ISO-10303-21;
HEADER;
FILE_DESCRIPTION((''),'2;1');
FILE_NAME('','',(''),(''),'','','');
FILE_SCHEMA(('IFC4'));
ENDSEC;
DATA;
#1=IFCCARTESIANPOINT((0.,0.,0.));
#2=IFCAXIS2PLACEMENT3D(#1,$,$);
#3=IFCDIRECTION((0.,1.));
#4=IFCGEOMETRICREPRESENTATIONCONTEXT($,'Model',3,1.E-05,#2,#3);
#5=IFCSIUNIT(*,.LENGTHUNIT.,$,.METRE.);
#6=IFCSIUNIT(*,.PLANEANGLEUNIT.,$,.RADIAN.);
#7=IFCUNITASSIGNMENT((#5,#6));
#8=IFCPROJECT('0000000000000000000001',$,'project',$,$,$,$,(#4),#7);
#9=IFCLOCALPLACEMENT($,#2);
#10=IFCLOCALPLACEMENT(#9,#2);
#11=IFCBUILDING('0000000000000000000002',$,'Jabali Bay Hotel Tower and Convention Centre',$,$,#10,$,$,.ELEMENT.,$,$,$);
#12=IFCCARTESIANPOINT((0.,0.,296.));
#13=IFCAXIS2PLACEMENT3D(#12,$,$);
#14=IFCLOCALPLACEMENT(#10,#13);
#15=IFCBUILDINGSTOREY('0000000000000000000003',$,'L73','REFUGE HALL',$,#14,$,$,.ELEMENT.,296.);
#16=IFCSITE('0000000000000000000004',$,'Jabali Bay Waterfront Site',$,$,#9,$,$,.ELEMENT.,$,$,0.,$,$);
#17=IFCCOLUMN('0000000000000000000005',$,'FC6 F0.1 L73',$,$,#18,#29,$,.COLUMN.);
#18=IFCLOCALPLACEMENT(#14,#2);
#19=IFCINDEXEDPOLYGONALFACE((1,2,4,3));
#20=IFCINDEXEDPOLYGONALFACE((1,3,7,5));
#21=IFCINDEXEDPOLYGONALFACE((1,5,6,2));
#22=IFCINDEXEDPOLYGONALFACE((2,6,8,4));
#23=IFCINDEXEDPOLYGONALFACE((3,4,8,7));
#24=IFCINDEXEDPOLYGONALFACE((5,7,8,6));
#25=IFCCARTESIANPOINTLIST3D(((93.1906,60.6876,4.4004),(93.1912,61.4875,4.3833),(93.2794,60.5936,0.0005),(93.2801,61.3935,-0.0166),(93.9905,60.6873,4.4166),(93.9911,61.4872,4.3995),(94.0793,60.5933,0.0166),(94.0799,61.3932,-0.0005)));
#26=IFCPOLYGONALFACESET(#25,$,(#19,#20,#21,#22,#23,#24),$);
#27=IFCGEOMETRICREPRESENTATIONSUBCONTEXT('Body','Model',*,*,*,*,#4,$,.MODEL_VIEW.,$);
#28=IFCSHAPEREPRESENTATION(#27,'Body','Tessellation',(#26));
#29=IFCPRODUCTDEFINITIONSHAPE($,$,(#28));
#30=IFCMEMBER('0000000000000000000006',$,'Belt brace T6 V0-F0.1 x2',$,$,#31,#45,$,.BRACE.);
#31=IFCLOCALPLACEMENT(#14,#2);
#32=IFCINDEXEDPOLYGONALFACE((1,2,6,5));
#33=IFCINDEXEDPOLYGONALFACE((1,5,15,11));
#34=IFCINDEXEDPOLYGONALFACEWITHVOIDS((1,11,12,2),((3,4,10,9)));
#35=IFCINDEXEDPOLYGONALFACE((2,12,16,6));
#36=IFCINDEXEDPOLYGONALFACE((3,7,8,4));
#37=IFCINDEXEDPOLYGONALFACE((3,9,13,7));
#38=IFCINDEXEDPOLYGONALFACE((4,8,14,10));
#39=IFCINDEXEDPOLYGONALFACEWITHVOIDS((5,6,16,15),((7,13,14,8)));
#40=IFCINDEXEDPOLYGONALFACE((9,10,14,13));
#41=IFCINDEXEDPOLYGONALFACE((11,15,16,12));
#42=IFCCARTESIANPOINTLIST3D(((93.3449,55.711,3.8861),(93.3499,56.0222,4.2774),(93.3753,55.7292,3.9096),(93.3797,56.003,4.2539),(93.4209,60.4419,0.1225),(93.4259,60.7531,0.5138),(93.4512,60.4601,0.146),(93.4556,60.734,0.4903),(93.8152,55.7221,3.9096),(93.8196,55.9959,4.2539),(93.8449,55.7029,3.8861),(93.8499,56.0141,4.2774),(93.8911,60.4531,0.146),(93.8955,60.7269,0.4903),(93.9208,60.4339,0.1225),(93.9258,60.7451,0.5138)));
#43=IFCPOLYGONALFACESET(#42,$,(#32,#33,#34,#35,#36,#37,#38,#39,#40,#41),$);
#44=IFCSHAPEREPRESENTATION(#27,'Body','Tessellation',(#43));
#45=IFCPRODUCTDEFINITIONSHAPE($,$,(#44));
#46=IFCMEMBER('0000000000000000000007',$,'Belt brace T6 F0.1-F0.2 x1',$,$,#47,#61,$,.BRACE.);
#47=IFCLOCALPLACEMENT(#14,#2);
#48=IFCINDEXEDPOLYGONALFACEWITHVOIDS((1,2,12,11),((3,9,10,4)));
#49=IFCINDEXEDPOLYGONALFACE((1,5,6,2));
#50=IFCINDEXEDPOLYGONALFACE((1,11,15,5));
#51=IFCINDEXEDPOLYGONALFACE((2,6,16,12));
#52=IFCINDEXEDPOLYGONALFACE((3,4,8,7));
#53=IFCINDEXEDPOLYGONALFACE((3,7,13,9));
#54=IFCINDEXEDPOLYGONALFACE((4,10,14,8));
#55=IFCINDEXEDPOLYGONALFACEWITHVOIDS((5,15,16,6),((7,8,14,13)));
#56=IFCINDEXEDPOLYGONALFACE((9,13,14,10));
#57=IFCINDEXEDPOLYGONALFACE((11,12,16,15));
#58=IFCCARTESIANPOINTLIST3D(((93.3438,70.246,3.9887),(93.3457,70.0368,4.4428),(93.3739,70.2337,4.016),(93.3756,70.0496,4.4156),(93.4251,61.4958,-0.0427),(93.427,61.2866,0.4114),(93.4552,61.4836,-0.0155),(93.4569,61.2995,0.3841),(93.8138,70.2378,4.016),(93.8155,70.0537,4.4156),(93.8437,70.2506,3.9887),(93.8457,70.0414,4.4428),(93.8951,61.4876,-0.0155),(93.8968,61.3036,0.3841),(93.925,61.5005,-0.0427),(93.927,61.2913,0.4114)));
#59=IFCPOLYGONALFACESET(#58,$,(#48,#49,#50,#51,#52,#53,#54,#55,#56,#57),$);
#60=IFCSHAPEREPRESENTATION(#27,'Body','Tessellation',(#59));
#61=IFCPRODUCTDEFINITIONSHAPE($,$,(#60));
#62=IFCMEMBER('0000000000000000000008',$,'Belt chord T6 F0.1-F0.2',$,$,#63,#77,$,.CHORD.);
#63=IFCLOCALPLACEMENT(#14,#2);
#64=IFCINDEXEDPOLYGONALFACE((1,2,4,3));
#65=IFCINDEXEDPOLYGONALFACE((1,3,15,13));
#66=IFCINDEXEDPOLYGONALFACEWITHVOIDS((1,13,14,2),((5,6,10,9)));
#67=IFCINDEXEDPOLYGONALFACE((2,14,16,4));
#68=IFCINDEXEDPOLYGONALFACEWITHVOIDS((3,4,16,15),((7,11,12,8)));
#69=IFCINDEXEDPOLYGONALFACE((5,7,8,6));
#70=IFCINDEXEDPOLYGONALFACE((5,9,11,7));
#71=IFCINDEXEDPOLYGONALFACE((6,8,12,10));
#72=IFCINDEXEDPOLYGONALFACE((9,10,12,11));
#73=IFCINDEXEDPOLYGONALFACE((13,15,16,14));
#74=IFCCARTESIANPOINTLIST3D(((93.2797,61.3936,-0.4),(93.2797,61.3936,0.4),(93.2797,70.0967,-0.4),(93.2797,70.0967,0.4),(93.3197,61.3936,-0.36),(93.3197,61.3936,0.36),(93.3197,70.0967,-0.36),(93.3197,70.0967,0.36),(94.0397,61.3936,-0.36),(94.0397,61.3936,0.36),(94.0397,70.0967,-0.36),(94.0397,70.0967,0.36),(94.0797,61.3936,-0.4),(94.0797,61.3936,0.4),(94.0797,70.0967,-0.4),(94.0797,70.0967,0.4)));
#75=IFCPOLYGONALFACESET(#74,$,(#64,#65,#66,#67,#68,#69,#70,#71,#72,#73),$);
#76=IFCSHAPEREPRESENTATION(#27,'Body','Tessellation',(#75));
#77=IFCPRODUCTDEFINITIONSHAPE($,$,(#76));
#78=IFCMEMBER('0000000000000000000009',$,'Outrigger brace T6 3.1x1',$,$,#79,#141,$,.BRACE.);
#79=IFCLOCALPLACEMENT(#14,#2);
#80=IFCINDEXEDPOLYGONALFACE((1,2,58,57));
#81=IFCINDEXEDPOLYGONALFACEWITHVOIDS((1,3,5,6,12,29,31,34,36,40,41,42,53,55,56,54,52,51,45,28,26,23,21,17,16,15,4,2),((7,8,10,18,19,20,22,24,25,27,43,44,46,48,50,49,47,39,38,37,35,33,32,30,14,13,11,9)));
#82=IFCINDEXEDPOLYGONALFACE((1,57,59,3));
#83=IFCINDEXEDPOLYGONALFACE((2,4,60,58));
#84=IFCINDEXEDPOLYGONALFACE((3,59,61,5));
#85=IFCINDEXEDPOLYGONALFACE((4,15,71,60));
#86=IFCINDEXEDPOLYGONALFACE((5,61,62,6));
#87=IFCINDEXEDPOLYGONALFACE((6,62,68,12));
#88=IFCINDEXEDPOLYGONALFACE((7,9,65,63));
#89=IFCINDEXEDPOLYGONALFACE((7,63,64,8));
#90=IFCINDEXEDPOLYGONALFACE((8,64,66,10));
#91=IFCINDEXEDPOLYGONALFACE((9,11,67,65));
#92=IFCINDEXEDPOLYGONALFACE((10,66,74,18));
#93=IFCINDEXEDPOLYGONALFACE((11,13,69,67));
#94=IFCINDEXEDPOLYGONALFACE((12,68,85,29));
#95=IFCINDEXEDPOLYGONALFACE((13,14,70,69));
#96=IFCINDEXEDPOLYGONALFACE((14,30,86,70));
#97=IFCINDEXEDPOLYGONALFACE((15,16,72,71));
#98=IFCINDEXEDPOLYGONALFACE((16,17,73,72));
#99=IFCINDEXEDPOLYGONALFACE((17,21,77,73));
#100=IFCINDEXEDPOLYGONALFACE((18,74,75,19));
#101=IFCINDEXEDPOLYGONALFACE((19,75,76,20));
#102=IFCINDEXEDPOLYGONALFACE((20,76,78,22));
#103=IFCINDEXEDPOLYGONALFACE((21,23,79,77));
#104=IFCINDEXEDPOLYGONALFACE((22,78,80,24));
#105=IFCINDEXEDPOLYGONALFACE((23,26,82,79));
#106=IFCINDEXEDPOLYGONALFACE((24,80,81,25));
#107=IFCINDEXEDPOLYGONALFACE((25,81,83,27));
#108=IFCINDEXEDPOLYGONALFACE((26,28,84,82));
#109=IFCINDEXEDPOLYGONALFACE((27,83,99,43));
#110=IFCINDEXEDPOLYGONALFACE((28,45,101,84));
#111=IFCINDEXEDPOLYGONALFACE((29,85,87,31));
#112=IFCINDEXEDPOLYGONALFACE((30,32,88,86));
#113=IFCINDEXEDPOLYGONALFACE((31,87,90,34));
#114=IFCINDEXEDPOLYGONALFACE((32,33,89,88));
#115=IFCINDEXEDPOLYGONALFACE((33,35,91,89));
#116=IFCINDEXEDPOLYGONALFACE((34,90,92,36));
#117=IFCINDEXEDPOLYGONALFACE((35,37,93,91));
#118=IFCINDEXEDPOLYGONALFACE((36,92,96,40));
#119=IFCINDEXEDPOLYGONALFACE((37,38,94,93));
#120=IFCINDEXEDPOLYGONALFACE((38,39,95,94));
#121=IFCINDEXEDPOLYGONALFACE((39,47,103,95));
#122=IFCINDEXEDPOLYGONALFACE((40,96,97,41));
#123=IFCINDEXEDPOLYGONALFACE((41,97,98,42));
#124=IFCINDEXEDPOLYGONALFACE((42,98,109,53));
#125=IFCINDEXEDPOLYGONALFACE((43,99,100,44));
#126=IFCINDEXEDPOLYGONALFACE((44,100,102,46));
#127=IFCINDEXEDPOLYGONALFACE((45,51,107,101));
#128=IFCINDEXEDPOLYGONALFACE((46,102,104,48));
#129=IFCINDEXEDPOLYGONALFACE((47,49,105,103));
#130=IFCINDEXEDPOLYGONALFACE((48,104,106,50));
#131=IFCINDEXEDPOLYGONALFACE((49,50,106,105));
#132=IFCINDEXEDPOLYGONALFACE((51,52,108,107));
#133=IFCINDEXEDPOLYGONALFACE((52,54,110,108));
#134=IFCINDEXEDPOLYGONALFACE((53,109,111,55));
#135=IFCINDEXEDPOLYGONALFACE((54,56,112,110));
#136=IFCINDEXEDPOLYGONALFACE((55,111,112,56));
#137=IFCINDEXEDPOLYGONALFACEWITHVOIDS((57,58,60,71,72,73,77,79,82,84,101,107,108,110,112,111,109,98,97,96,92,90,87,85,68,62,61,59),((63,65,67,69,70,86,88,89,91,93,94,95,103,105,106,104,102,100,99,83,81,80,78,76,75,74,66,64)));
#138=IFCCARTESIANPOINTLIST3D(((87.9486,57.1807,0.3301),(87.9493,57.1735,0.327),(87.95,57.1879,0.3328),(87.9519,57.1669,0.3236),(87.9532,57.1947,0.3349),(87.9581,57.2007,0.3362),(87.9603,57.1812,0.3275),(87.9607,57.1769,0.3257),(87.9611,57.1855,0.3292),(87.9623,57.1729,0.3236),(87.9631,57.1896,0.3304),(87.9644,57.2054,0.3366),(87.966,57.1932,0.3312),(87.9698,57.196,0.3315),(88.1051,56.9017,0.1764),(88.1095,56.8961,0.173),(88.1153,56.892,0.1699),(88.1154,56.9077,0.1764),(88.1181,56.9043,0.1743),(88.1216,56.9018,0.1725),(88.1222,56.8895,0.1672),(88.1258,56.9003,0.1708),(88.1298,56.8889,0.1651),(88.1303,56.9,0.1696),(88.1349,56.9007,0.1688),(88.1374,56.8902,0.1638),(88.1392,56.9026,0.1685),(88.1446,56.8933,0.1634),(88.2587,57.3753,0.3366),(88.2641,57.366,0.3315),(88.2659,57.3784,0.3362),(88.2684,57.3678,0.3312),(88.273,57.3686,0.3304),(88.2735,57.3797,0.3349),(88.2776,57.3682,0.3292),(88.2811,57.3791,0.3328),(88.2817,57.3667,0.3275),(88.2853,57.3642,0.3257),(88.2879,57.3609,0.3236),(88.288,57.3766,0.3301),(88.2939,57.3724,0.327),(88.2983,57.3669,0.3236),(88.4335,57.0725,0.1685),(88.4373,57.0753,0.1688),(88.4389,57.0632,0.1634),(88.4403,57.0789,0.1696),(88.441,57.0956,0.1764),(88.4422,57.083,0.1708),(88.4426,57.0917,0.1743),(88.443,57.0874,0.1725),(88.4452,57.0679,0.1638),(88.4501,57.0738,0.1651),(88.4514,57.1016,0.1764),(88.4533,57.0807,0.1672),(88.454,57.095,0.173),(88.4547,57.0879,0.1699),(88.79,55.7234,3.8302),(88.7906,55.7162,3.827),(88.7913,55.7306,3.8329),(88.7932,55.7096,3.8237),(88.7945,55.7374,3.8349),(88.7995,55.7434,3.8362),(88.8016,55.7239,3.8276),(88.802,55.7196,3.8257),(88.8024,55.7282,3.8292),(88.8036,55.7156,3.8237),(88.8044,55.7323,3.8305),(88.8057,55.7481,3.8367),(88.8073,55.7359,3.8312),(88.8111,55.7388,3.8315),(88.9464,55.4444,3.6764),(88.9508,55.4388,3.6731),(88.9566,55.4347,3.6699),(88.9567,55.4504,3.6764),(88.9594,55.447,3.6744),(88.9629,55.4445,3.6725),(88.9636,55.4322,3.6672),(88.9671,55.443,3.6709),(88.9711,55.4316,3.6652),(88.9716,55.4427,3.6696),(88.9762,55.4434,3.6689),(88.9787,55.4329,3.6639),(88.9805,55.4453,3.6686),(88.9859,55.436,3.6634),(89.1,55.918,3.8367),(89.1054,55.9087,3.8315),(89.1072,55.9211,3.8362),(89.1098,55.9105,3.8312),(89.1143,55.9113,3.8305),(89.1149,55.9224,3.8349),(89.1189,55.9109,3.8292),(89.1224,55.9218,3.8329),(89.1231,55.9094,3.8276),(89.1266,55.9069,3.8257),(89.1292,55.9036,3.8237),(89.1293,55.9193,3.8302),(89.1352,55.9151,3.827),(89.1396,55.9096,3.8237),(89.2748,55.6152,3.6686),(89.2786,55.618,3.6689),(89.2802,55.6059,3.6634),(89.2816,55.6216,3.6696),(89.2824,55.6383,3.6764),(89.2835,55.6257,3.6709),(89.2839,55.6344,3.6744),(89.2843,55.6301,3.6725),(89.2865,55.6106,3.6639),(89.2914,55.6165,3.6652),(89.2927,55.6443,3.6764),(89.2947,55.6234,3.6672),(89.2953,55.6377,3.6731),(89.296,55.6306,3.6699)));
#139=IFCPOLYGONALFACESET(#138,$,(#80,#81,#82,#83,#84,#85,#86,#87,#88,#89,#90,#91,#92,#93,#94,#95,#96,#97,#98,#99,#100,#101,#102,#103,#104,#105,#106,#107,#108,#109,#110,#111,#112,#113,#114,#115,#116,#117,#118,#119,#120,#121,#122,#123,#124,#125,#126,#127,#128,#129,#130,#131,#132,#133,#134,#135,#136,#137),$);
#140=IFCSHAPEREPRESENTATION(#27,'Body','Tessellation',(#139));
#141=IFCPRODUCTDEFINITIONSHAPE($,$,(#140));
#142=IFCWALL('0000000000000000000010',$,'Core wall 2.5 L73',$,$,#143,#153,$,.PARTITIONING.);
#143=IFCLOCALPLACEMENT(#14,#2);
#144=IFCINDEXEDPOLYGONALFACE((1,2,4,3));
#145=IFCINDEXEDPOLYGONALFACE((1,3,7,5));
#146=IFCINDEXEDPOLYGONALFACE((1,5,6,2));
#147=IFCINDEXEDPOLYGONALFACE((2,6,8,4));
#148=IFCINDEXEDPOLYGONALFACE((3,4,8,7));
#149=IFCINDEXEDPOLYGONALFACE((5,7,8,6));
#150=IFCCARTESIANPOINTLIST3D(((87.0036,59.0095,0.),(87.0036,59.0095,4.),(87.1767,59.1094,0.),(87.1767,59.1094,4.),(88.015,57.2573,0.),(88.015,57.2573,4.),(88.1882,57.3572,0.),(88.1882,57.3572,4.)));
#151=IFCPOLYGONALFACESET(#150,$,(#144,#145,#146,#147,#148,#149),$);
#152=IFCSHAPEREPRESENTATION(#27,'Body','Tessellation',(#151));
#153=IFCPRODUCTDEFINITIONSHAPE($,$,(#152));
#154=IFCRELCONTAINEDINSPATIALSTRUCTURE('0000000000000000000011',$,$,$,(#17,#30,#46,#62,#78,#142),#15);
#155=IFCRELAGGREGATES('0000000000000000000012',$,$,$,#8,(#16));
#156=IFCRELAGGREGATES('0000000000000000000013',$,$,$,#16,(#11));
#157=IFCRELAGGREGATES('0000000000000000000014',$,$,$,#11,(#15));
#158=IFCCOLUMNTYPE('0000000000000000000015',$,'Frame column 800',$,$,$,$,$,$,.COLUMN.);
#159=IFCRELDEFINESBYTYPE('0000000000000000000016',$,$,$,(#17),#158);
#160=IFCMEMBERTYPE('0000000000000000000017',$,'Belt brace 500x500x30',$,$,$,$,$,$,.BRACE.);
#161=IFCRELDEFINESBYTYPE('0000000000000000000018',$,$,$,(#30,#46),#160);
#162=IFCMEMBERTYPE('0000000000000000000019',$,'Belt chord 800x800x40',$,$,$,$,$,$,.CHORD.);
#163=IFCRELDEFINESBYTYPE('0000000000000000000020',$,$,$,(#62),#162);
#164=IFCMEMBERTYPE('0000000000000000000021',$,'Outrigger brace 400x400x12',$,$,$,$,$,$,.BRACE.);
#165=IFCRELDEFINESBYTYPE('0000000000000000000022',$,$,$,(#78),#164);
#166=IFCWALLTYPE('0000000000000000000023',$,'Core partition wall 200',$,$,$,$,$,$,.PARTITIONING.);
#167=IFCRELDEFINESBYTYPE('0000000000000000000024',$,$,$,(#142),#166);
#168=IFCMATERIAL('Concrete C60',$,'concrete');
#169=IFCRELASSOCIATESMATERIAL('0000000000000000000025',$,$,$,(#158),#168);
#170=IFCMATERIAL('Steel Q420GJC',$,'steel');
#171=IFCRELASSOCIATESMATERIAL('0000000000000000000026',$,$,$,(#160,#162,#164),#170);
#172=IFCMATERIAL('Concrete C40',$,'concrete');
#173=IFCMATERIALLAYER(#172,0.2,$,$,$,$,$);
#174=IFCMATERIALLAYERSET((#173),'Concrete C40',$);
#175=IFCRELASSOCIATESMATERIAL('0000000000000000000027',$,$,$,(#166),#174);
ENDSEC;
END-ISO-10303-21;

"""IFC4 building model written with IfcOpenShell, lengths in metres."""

from ifc_helpers import new_model, si_unit, direction, frame, frame_2d, origin, origin_2d, place, context, subcontext, project, spatial, rectangle, hollow_rectangle, extrude, material, layer, layer_set, material_profile, profile_set, type_object, element, save


model = new_model("IFC4")

# Units and contexts
model_context = context("Model", 3, precision=1e-05, world=origin(), true_north=direction((0.0, 1.0)))
body_context = subcontext(model_context, "Body", "Model", "MODEL_VIEW")
ifc_project = project(units=[si_unit("LENGTHUNIT", "METRE"), si_unit("PLANEANGLEUNIT", "RADIAN")], contexts=[model_context])

# Site, building, storey
site_placement = place(None, origin())
site = spatial("IfcSite", under=ifc_project, at=site_placement, Name="Jabali Bay Waterfront Site", CompositionType="ELEMENT", RefElevation=0.0)
building_placement = place(site_placement, origin())
building = spatial("IfcBuilding", under=site, at=building_placement, Name="Jabali Bay Hotel Tower and Convention Centre", CompositionType="ELEMENT")
storey_placement = place(building_placement, frame((0.0, 0.0, 296.0)))
storey = spatial("IfcBuildingStorey", under=building, at=storey_placement, Name="L73", Description="REFUGE HALL", CompositionType="ELEMENT", Elevation=296.0)

# Column
ifc_material_1 = material(Name="Concrete C60", Category="concrete")
ifc_material_profile_1 = material_profile(ifc_material_1, rectangle(XDim=0.8, YDim=0.8, at=origin_2d()), Name="Frame column 800")
ifc_profile_set_1 = profile_set([ifc_material_profile_1], Name="Concrete C60")
column_type = type_object("IfcColumnType", Name="Frame column 800", PredefinedType="COLUMN", material=ifc_profile_set_1)
column_placement = place(storey_placement, frame((93.6797, 60.9934, 0.0), z_axis=(-0.020189, 0.021354, 0.999568), x_axis=(-0.000778, -0.999772, 0.021342)))
element("IfcColumn", 1, at=column_placement, inside=storey, type_object=column_type, Name="FC6 F0.1 L73", PredefinedType="COLUMN", context=body_context, shape_type="SweptSolid", body=[
    extrude(rectangle(XDim=0.8, YDim=0.8, at=origin_2d()), origin(), (0.0, 0.0, 1.0), 4.4019),
])

# Members
ifc_material_2 = material(Name="Steel Q420GJC", Category="steel")
ifc_material_profile_2 = material_profile(ifc_material_2, hollow_rectangle(XDim=0.5, YDim=0.5, WallThickness=0.03, at=origin_2d()), Name="Belt brace 500x500x30")
ifc_profile_set_2 = profile_set([ifc_material_profile_2], Name="Steel Q420GJC")
member_type_1 = type_object("IfcMemberType", Name="Belt brace 500x500x30", PredefinedType="BRACE", material=ifc_profile_set_2)
member_1_placement = place(storey_placement, frame((93.6733, 60.5935, 0.3181), z_axis=(-0.012559, -0.782506, 0.622516), x_axis=(0.999871, -0.016047, 0.0)))
element("IfcMember", 2, at=member_1_placement, inside=storey, type_object=member_type_1, Name="Belt brace T6 V0-F0.1 x2", PredefinedType="BRACE", context=body_context, shape_type="SweptSolid", body=[
    extrude(hollow_rectangle(XDim=0.5, YDim=0.5, WallThickness=0.03, at=origin_2d()), origin(), (0.0, 0.0, 1.0), 6.0459),
])
member_2_placement = place(storey_placement, frame((93.676, 61.3936, 0.1843), z_axis=(-0.008438, 0.908206, 0.418437), x_axis=(-0.999957, -0.009291, 0.0)))
element("IfcMember", 3, at=member_2_placement, inside=storey, type_object=member_type_1, Name="Belt brace T6 F0.1-F0.2 x1", PredefinedType="BRACE", context=body_context, shape_type="SweptSolid", body=[
    extrude(hollow_rectangle(XDim=0.5, YDim=0.5, WallThickness=0.03, at=origin_2d()), origin(), (0.0, 0.0, 1.0), 9.6345),
])
ifc_material_profile_3 = material_profile(ifc_material_2, hollow_rectangle(XDim=0.8, YDim=0.8, WallThickness=0.04, at=origin_2d()), Name="Belt chord 800x800x40")
ifc_profile_set_3 = profile_set([ifc_material_profile_3], Name="Steel Q420GJC")
member_type_2 = type_object("IfcMemberType", Name="Belt chord 800x800x40", PredefinedType="CHORD", material=ifc_profile_set_3)
member_3_placement = place(storey_placement, frame((93.6797, 61.3936, 0.0), z_axis=(0.0, 1.0, 0.0), x_axis=(-1.0, 0.0, 0.0)))
element("IfcMember", 4, at=member_3_placement, inside=storey, type_object=member_type_2, Name="Belt chord T6 F0.1-F0.2", PredefinedType="CHORD", context=body_context, shape_type="SweptSolid", body=[
    extrude(hollow_rectangle(XDim=0.8, YDim=0.8, WallThickness=0.04, at=origin_2d()), origin(), (0.0, 0.0, 1.0), 8.7031),
])
ifc_material_profile_4 = material_profile(ifc_material_2, hollow_rectangle(XDim=0.3999, YDim=0.3999, WallThickness=0.012, InnerFilletRadius=0.0181, OuterFilletRadius=0.03, at=origin_2d()), Name="Outrigger brace 400x400x12")
ifc_profile_set_4 = profile_set([ifc_material_profile_4], Name="Steel Q420GJC")
member_type_3 = type_object("IfcMemberType", Name="Outrigger brace 400x400x12", PredefinedType="BRACE", material=ifc_profile_set_4)
member_4_placement = place(storey_placement, frame((88.2017, 57.1343, 0.25), z_axis=(0.216638, -0.375249, 0.901252), x_axis=(0.866038, 0.499978, 0.0)))
element("IfcMember", 5, at=member_4_placement, inside=storey, type_object=member_type_3, Name="Outrigger brace T6 3.1x1", PredefinedType="BRACE", context=body_context, shape_type="SweptSolid", body=[
    extrude(hollow_rectangle(XDim=0.3999, YDim=0.3999, WallThickness=0.012, InnerFilletRadius=0.0181, OuterFilletRadius=0.03, at=origin_2d()), origin(), (0.0, 0.0, 1.0), 3.8835),
])

# Wall
ifc_material_3 = material(Name="Concrete C40", Category="concrete")
ifc_layer_1 = layer(ifc_material_3, 0.2)
ifc_layer_set_1 = layer_set([ifc_layer_1], Name="Concrete C40")
wall_type_1 = type_object("IfcWallType", Name="Core partition wall 200", PredefinedType="PARTITIONING", material=ifc_layer_set_1)
wall_1_placement = place(storey_placement, frame((87.0901, 59.0596, 0.0), z_axis=(0.0, 0.0, 1.0), x_axis=(0.499942, -0.866059, 0.0)))
element("IfcWall", 6, at=wall_1_placement, inside=storey, type_object=wall_type_1, Name="Core wall 2.5 L73", PredefinedType="PARTITIONING", context=body_context, shape_type="SweptSolid", body=[
    extrude(rectangle(XDim=2.0232, YDim=0.2, at=frame_2d((1.0117, 0.0))), origin(), (0.0, 0.0, 1.0), 4.0),
])

save(model, "model.ifc")
